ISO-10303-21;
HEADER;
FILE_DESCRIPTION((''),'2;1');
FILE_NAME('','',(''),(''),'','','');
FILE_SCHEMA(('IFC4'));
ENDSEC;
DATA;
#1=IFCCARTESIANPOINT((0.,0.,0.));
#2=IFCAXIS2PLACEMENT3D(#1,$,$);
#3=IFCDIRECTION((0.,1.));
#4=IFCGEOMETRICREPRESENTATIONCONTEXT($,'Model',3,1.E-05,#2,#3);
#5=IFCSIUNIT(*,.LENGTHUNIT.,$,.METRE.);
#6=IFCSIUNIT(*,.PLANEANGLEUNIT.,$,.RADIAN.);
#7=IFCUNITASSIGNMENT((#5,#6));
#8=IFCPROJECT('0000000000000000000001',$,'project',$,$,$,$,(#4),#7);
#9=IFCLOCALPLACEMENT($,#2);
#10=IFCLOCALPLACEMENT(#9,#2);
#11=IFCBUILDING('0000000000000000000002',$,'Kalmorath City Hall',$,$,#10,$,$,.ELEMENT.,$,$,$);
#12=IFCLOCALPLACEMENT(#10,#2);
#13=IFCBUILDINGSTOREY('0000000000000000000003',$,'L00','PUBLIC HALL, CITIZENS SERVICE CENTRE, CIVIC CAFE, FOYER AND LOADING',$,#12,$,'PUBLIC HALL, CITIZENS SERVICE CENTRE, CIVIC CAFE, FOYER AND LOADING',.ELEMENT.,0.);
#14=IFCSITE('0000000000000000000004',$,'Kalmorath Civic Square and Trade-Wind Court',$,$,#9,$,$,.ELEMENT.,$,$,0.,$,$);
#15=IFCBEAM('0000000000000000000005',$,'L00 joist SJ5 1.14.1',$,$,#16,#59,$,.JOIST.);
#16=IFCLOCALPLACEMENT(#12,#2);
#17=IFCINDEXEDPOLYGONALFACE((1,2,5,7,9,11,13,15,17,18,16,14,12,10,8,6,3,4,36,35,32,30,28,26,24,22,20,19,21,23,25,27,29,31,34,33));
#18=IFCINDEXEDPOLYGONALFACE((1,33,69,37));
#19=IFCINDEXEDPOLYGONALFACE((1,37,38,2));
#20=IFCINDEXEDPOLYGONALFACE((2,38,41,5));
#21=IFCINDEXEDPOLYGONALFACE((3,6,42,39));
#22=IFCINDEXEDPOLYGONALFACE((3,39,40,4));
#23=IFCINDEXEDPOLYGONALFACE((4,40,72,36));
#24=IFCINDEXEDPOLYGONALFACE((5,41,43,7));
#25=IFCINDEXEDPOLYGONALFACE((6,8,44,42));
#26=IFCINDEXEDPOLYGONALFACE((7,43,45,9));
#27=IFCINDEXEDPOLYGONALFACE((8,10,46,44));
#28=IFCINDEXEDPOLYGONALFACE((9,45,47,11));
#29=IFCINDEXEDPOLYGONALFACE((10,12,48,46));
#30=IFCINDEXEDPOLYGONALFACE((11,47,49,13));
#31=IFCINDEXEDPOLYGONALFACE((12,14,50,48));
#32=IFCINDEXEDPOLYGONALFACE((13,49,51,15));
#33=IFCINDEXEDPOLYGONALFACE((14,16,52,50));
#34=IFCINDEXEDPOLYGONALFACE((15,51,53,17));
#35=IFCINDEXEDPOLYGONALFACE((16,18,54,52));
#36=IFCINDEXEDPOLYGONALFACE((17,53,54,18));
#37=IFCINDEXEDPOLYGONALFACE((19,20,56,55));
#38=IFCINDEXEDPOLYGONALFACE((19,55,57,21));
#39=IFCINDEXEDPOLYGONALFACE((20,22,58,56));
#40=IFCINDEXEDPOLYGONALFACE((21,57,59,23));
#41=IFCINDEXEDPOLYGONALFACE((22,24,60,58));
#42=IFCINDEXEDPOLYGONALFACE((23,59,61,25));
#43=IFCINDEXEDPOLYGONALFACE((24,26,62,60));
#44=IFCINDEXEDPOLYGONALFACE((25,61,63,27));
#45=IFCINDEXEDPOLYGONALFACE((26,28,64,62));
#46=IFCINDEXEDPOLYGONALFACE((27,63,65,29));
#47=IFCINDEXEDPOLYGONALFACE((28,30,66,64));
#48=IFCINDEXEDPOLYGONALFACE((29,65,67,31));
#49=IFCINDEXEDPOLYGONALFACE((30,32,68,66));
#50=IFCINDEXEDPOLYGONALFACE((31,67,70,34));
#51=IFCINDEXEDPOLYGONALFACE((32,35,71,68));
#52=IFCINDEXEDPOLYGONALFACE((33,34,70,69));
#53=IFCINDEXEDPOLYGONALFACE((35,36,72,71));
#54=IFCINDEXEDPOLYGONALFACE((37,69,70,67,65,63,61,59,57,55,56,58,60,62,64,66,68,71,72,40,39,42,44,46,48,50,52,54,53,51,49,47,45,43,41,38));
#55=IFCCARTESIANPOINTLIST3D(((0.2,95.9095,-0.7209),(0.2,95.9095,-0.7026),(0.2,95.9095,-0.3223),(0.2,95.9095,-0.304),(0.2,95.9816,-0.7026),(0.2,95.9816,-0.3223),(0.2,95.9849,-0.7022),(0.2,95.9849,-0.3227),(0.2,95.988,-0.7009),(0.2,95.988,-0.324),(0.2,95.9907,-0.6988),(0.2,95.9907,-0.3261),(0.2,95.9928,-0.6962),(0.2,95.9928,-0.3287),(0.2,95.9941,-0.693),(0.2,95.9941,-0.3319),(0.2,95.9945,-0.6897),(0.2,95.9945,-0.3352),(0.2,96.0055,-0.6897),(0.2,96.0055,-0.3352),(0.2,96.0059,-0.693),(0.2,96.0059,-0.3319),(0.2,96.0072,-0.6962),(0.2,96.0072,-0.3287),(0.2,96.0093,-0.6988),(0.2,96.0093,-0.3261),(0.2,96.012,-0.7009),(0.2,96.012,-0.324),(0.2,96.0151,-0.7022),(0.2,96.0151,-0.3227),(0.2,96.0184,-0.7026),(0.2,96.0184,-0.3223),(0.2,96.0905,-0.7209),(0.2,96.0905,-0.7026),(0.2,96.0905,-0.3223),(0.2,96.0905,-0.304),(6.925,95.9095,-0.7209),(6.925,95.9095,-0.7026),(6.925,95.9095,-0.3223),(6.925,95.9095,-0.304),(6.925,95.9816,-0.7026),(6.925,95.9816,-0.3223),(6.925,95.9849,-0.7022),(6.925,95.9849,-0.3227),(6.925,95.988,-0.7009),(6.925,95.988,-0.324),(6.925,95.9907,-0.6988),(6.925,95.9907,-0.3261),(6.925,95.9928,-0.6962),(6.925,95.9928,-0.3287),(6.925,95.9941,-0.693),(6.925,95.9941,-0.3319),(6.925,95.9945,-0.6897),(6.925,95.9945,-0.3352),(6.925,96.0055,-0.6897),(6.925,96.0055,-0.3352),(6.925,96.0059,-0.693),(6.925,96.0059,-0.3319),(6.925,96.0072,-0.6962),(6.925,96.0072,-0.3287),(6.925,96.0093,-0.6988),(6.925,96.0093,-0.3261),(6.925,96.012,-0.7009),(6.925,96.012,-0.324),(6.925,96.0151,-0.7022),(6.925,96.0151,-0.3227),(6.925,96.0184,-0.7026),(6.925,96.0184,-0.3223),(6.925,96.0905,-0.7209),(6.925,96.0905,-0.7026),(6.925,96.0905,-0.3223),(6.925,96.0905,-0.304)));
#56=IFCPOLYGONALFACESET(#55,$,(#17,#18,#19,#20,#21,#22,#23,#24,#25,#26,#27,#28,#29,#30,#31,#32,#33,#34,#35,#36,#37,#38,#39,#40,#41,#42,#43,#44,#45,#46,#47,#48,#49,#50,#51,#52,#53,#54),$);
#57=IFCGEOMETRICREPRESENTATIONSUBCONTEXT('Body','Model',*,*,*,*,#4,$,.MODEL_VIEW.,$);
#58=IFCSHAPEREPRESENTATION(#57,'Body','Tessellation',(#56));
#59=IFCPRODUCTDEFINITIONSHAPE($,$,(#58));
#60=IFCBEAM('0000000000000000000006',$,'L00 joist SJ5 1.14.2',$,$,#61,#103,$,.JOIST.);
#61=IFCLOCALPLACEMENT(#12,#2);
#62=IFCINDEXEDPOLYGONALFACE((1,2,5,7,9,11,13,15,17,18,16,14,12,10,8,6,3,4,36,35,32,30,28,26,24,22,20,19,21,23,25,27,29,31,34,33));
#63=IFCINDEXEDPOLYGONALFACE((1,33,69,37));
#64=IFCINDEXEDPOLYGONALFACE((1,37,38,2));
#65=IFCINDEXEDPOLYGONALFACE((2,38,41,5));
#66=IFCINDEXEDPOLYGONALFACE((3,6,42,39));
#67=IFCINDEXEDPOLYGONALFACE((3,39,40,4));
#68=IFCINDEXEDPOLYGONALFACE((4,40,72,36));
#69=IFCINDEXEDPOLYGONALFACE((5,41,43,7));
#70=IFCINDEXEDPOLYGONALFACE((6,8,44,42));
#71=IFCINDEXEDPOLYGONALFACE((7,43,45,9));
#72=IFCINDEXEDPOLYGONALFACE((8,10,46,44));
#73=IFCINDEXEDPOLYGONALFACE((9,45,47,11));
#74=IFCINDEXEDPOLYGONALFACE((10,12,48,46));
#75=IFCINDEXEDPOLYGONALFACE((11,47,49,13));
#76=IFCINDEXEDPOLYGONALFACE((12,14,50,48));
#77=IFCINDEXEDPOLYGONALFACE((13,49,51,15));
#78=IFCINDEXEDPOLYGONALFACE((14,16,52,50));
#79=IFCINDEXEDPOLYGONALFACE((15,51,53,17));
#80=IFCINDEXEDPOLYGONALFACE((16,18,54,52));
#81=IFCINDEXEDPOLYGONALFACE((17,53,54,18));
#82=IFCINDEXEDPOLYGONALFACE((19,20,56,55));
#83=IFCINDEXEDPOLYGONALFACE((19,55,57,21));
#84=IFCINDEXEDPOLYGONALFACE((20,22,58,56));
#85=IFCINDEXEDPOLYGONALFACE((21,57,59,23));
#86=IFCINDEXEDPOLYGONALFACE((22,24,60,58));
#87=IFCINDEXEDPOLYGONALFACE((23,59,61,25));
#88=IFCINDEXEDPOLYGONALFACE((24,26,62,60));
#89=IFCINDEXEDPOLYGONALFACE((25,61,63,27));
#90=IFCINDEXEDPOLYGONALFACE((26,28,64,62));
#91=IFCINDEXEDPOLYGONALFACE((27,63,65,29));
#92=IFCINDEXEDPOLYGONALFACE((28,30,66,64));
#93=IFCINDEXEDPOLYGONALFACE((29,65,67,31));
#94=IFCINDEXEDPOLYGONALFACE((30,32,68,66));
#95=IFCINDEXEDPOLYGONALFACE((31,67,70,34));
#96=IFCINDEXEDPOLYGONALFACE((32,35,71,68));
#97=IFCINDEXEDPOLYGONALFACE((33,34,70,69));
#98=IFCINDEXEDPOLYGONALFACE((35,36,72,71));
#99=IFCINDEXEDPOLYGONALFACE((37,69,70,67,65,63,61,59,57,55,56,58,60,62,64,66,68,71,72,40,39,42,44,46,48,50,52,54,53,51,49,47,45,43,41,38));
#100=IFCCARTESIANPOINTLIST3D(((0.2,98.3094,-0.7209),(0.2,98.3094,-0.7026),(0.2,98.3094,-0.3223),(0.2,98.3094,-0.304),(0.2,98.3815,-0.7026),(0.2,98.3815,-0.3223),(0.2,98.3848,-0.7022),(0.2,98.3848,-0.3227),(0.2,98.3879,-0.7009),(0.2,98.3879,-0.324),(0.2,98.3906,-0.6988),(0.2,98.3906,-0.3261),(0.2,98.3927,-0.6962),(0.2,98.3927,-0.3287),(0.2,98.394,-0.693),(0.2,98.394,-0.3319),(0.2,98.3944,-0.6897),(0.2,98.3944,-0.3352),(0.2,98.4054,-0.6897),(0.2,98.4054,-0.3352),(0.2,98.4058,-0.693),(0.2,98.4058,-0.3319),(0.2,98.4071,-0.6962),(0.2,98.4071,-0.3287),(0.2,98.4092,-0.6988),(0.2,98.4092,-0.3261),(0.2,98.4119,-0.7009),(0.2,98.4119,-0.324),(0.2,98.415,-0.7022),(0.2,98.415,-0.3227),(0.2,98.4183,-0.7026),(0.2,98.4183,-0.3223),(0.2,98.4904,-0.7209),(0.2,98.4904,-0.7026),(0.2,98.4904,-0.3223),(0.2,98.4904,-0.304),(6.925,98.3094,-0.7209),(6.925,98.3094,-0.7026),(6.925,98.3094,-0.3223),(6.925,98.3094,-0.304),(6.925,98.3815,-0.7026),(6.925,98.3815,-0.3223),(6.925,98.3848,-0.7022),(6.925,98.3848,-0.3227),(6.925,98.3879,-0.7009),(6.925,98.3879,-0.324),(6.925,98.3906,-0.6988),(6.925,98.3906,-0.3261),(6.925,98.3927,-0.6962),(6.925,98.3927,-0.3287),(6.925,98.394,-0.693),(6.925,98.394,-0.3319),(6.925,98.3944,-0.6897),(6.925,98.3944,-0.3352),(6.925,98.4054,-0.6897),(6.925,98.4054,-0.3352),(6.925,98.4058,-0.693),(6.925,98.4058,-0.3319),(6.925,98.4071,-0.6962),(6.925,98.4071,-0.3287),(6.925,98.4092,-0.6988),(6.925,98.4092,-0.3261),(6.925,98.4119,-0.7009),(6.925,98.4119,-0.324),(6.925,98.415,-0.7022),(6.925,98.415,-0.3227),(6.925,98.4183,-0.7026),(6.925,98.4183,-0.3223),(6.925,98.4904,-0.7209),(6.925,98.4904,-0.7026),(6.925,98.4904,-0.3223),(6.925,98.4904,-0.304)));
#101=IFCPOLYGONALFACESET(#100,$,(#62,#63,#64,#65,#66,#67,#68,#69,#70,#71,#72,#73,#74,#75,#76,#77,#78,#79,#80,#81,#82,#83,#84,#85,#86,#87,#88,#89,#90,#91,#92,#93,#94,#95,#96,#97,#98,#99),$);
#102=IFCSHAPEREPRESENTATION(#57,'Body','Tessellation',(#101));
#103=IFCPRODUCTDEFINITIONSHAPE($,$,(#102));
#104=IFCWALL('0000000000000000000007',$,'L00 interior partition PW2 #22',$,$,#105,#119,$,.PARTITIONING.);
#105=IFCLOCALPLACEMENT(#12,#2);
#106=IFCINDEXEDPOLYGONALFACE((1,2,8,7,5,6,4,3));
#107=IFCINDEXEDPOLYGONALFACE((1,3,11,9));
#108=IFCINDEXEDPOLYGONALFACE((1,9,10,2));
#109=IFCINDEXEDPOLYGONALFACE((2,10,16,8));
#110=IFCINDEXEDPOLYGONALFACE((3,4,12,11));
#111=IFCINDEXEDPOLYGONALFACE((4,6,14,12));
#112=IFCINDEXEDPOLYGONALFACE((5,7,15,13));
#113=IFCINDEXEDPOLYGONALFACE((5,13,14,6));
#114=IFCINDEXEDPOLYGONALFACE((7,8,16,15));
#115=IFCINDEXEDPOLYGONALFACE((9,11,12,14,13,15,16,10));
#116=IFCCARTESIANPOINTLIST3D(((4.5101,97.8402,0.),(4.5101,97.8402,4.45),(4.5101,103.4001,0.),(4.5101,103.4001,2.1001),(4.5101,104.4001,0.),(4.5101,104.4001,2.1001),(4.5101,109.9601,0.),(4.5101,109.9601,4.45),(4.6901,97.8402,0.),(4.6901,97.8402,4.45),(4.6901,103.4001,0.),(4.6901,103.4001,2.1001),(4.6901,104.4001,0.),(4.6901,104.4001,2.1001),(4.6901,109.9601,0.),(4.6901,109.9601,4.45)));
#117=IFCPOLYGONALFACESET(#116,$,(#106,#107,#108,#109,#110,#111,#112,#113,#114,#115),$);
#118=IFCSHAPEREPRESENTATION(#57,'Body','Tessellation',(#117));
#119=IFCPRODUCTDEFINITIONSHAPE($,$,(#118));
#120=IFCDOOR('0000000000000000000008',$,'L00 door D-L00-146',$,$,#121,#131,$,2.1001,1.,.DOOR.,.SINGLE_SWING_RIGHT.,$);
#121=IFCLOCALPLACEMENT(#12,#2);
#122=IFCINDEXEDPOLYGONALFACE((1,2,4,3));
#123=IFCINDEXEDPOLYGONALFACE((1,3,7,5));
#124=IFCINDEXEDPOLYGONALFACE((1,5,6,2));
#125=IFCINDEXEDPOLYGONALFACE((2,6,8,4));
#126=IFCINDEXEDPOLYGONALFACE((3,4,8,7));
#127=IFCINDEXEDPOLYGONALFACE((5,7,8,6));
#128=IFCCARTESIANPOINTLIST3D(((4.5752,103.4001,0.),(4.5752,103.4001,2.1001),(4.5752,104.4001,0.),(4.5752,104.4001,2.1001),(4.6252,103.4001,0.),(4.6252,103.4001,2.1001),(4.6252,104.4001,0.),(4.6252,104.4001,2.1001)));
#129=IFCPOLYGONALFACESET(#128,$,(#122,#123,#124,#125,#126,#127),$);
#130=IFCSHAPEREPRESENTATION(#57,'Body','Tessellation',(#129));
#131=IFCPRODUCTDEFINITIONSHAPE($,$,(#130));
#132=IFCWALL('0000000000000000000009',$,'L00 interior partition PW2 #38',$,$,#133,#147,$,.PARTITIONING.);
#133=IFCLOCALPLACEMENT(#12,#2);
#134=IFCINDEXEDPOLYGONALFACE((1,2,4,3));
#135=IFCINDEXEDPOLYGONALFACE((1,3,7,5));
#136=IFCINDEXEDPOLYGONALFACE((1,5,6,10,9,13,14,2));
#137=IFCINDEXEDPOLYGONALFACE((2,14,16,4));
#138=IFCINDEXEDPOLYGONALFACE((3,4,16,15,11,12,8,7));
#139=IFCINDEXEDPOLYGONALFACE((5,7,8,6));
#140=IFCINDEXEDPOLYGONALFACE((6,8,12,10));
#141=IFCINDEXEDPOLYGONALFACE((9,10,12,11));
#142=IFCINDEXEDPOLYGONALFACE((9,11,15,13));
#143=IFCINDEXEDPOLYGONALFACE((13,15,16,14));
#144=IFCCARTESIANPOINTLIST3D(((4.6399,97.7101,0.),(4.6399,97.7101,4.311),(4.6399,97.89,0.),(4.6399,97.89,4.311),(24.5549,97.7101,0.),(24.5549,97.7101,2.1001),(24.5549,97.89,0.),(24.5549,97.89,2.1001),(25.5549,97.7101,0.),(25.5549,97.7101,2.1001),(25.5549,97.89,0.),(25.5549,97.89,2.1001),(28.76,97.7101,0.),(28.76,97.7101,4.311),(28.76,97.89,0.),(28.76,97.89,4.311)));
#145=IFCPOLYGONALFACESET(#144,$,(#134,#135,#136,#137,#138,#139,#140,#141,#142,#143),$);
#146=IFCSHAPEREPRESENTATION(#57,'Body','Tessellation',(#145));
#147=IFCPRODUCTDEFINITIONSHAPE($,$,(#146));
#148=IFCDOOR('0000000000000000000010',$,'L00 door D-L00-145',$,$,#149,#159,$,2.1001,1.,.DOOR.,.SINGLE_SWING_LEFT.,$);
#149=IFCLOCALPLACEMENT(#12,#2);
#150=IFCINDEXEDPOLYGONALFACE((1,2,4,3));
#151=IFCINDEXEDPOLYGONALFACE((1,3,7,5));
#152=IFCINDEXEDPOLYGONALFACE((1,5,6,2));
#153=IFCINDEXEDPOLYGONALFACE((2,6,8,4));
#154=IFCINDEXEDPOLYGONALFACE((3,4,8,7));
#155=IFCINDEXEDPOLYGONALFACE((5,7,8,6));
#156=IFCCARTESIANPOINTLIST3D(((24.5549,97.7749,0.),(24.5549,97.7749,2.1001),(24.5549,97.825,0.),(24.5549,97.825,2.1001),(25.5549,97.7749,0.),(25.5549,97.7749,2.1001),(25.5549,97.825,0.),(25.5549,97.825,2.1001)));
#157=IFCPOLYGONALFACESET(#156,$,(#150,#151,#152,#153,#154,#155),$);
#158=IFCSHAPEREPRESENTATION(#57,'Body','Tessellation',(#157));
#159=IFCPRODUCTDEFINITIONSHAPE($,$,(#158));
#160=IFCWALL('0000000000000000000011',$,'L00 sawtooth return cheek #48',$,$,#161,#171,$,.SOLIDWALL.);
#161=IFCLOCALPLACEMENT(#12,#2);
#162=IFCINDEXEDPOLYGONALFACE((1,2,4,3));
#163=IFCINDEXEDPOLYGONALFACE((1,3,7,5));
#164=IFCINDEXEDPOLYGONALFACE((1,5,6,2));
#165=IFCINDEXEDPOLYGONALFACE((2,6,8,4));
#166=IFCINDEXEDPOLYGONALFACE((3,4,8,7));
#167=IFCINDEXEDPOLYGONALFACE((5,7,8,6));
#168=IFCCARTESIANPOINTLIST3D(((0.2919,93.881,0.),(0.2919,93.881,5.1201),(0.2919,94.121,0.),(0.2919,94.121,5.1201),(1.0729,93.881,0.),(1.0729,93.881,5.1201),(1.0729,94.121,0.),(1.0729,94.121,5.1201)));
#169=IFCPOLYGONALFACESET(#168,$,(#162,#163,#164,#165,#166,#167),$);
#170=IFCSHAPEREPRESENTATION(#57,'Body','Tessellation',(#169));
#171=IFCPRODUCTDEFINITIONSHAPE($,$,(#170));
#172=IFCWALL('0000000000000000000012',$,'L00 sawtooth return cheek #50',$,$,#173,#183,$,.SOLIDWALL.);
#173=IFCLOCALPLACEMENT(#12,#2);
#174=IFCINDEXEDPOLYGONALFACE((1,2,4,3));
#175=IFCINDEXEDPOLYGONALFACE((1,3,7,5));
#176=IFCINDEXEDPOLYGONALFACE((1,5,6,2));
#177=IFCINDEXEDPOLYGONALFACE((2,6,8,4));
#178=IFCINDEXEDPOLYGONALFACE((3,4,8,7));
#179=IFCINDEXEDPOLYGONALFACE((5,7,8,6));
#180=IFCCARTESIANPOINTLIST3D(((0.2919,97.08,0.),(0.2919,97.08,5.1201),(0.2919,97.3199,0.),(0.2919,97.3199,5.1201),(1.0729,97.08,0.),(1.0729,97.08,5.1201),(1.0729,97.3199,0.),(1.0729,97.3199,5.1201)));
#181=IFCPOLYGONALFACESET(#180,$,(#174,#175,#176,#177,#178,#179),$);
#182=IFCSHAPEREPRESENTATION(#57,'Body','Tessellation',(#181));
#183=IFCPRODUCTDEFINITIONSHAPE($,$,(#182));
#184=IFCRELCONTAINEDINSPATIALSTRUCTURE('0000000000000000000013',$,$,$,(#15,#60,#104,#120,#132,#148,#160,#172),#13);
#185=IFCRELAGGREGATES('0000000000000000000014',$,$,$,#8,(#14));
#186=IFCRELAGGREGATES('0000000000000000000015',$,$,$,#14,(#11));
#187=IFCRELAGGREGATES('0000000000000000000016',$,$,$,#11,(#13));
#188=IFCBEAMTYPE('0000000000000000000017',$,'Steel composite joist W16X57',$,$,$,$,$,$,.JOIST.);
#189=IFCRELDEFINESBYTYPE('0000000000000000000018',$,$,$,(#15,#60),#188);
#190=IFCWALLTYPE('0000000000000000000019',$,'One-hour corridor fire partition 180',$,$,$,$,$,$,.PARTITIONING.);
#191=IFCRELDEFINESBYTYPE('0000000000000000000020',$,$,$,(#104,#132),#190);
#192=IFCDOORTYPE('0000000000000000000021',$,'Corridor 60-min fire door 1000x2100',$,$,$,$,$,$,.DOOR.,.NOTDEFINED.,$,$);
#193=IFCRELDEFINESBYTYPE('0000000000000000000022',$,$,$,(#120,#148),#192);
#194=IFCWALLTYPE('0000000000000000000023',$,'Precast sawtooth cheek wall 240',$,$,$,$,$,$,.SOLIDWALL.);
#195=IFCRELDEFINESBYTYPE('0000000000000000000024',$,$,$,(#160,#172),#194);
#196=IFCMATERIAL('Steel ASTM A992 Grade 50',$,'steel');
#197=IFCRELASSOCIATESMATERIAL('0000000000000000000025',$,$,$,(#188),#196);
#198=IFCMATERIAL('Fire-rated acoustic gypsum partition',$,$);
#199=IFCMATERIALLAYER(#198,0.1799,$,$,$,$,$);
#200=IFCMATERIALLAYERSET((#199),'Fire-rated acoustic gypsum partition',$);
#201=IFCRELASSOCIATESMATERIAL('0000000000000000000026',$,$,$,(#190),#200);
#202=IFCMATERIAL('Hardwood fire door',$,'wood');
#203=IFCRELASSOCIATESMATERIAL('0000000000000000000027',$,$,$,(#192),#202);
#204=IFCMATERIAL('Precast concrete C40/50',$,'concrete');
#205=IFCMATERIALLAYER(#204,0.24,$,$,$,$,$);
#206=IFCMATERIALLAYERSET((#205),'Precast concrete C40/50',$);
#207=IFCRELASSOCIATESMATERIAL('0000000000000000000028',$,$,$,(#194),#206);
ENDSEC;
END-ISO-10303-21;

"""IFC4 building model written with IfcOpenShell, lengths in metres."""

from ifc_helpers import new_model, si_unit, direction, frame, frame_2d, origin, origin_2d, place, context, subcontext, project, spatial, rectangle, i_section, extrude, material, layer, layer_set, material_profile, profile_set, type_object, element, fill, save


model = new_model("IFC4")

# Units and contexts
model_context = context("Model", 3, precision=1e-05, world=origin(), true_north=direction((0.0, 1.0)))
body_context = subcontext(model_context, "Body", "Model", "MODEL_VIEW")
ifc_project = project(units=[si_unit("LENGTHUNIT", "METRE"), si_unit("PLANEANGLEUNIT", "RADIAN")], contexts=[model_context])

# Site, building, storey
site_placement = place(None, origin())
site = spatial("IfcSite", under=ifc_project, at=site_placement, Name="Kalmorath Civic Square and Trade-Wind Court", CompositionType="ELEMENT", RefElevation=0.0)
building_placement = place(site_placement, origin())
building = spatial("IfcBuilding", under=site, at=building_placement, Name="Kalmorath City Hall", CompositionType="ELEMENT")
storey_placement = place(building_placement, origin())
storey = spatial("IfcBuildingStorey", under=building, at=storey_placement, Name="L00", Description="PUBLIC HALL, CITIZENS SERVICE CENTRE, CIVIC CAFE, FOYER AND LOADING", LongName="PUBLIC HALL, CITIZENS SERVICE CENTRE, CIVIC CAFE, FOYER AND LOADING", CompositionType="ELEMENT", Elevation=0.0)

# Beams
ifc_material_1 = material(Name="Steel ASTM A992 Grade 50", Category="steel")
ifc_material_profile_1 = material_profile(ifc_material_1, i_section(OverallWidth=0.1809, OverallDepth=0.417, WebThickness=0.011, FlangeThickness=0.0183, FilletRadius=0.0129, at=origin_2d()), Name="W16X57")
ifc_profile_set_1 = profile_set([ifc_material_profile_1], Name="Steel ASTM A992 Grade 50")
beam_type_1 = type_object("IfcBeamType", Name="Steel composite joist W16X57", PredefinedType="JOIST", material=ifc_profile_set_1)
for number, where, z_axis, x_axis, name in (
    (1, (0.2, 96.0, -0.5125), (1.0, 0.0, 0.0), (0.0, 1.0, 0.0), "L00 joist SJ5 1.14.1"),
    (2, (0.2, 98.3999, -0.5125), (1.0, 0.0, 0.0), (0.0, 1.0, 0.0), "L00 joist SJ5 1.14.2"),
):
    element("IfcBeam", number, at=place(storey_placement, frame(where, z_axis=z_axis, x_axis=x_axis)), inside=storey, type_object=beam_type_1, Name=name, PredefinedType="JOIST", context=body_context, shape_type="SweptSolid", body=[
        extrude(i_section(OverallWidth=0.1809, OverallDepth=0.417, WebThickness=0.011, FlangeThickness=0.0183, FilletRadius=0.0129, at=origin_2d()), origin(), (0.0, 0.0, 1.0), 6.7251),
    ])

# Walls, openings, doors
ifc_material_2 = material(Name="Fire-rated acoustic gypsum partition")
ifc_layer_1 = layer(ifc_material_2, 0.1799)
ifc_layer_set_1 = layer_set([ifc_layer_1], Name="Fire-rated acoustic gypsum partition")
wall_type_1 = type_object("IfcWallType", Name="One-hour corridor fire partition 180", PredefinedType="PARTITIONING", material=ifc_layer_set_1)
wall_1_placement = place(storey_placement, frame((4.6001, 97.8401, 0.0), z_axis=(0.0, 0.0, 1.0), x_axis=(0.0, 1.0, 0.0)))
wall_1 = element("IfcWall", 3, at=wall_1_placement, inside=storey, type_object=wall_type_1, Name="L00 interior partition PW2 #22", PredefinedType="PARTITIONING", context=body_context, shape_type="SweptSolid", body=[
    extrude(rectangle(XDim=12.1199, YDim=0.1799, at=frame_2d((6.0601, 0.0))), origin(), (0.0, 0.0, 1.0), 4.45),
])
opening_1_placement = place(wall_1_placement, frame((5.5601, 0.0, 0.0)))
opening_1 = element("IfcOpeningElement", 4, at=opening_1_placement, cuts=wall_1, PredefinedType="OPENING", context=body_context, shape_type="SweptSolid", body=[
    extrude(rectangle(XDim=1.0, YDim=2.1001, at=frame_2d((0.5, 1.05))), frame((0.0, 0.0999, 0.0), z_axis=(0.0, -1.0, 0.0), x_axis=(1.0, 0.0, 0.0)), (0.0, 0.0, 1.0), 0.2),
])
ifc_material_3 = material(Name="Hardwood fire door", Category="wood")
door_type_1 = type_object("IfcDoorType", Name="Corridor 60-min fire door 1000x2100", OperationType="NOTDEFINED", PredefinedType="DOOR", material=ifc_material_3)
door_1_placement = place(opening_1_placement, origin())
door_1 = element("IfcDoor", 5, at=door_1_placement, inside=storey, type_object=door_type_1, Name="L00 door D-L00-146", OperationType="SINGLE_SWING_RIGHT", OverallHeight=2.1001, OverallWidth=1.0, PredefinedType="DOOR", context=body_context, shape_type="SweptSolid", body=[
    extrude(rectangle(XDim=1.0, YDim=2.1001, at=frame_2d((0.5, 1.05))), frame((0.0, 0.0249, 0.0), z_axis=(0.0, -1.0, 0.0), x_axis=(1.0, 0.0, 0.0)), (0.0, 0.0, 1.0), 0.05),
])
fill(opening_1, door_1)
wall_2_placement = place(storey_placement, frame((4.6399, 97.8, 0.0), z_axis=(0.0, 0.0, 1.0), x_axis=(1.0, 0.0, 0.0)))
wall_2 = element("IfcWall", 6, at=wall_2_placement, inside=storey, type_object=wall_type_1, Name="L00 interior partition PW2 #38", PredefinedType="PARTITIONING", context=body_context, shape_type="SweptSolid", body=[
    extrude(rectangle(XDim=24.1201, YDim=0.1799, at=frame_2d((12.0601, 0.0))), origin(), (0.0, 0.0, 1.0), 4.311),
])
opening_2_placement = place(wall_2_placement, frame((19.915, 0.0, 0.0)))
opening_2 = element("IfcOpeningElement", 7, at=opening_2_placement, cuts=wall_2, PredefinedType="OPENING", context=body_context, shape_type="SweptSolid", body=[
    extrude(rectangle(XDim=1.0, YDim=2.1001, at=frame_2d((0.5, 1.05))), frame((0.0, 0.0999, 0.0), z_axis=(0.0, -1.0, 0.0), x_axis=(1.0, 0.0, 0.0)), (0.0, 0.0, 1.0), 0.2),
])
door_2_placement = place(opening_2_placement, origin())
door_2 = element("IfcDoor", 8, at=door_2_placement, inside=storey, type_object=door_type_1, Name="L00 door D-L00-145", OperationType="SINGLE_SWING_LEFT", OverallHeight=2.1001, OverallWidth=1.0, PredefinedType="DOOR", context=body_context, shape_type="SweptSolid", body=[
    extrude(rectangle(XDim=1.0, YDim=2.1001, at=frame_2d((0.5, 1.05))), frame((0.0, 0.0249, 0.0), z_axis=(0.0, -1.0, 0.0), x_axis=(1.0, 0.0, 0.0)), (0.0, 0.0, 1.0), 0.05),
])
fill(opening_2, door_2)

# Walls
ifc_material_4 = material(Name="Precast concrete C40/50", Category="concrete")
ifc_layer_2 = layer(ifc_material_4, 0.24)
ifc_layer_set_2 = layer_set([ifc_layer_2], Name="Precast concrete C40/50")
wall_type_2 = type_object("IfcWallType", Name="Precast sawtooth cheek wall 240", PredefinedType="SOLIDWALL", material=ifc_layer_set_2)
for number, where, z_axis, x_axis, name in (
    (9, (1.073, 94.001, 0.0), (0.0, 0.0, 1.0), (-1.0, 0.0, 0.0), "L00 sawtooth return cheek #48"),
    (10, (1.073, 97.2, 0.0), (0.0, 0.0, 1.0), (-1.0, 0.0, 0.0), "L00 sawtooth return cheek #50"),
):
    element("IfcWall", number, at=place(storey_placement, frame(where, z_axis=z_axis, x_axis=x_axis)), inside=storey, type_object=wall_type_2, Name=name, PredefinedType="SOLIDWALL", context=body_context, shape_type="SweptSolid", body=[
        extrude(rectangle(XDim=0.781, YDim=0.24, at=frame_2d((0.3906, 0.0))), origin(), (0.0, 0.0, 1.0), 5.1201),
    ])

save(model, "model.ifc")
